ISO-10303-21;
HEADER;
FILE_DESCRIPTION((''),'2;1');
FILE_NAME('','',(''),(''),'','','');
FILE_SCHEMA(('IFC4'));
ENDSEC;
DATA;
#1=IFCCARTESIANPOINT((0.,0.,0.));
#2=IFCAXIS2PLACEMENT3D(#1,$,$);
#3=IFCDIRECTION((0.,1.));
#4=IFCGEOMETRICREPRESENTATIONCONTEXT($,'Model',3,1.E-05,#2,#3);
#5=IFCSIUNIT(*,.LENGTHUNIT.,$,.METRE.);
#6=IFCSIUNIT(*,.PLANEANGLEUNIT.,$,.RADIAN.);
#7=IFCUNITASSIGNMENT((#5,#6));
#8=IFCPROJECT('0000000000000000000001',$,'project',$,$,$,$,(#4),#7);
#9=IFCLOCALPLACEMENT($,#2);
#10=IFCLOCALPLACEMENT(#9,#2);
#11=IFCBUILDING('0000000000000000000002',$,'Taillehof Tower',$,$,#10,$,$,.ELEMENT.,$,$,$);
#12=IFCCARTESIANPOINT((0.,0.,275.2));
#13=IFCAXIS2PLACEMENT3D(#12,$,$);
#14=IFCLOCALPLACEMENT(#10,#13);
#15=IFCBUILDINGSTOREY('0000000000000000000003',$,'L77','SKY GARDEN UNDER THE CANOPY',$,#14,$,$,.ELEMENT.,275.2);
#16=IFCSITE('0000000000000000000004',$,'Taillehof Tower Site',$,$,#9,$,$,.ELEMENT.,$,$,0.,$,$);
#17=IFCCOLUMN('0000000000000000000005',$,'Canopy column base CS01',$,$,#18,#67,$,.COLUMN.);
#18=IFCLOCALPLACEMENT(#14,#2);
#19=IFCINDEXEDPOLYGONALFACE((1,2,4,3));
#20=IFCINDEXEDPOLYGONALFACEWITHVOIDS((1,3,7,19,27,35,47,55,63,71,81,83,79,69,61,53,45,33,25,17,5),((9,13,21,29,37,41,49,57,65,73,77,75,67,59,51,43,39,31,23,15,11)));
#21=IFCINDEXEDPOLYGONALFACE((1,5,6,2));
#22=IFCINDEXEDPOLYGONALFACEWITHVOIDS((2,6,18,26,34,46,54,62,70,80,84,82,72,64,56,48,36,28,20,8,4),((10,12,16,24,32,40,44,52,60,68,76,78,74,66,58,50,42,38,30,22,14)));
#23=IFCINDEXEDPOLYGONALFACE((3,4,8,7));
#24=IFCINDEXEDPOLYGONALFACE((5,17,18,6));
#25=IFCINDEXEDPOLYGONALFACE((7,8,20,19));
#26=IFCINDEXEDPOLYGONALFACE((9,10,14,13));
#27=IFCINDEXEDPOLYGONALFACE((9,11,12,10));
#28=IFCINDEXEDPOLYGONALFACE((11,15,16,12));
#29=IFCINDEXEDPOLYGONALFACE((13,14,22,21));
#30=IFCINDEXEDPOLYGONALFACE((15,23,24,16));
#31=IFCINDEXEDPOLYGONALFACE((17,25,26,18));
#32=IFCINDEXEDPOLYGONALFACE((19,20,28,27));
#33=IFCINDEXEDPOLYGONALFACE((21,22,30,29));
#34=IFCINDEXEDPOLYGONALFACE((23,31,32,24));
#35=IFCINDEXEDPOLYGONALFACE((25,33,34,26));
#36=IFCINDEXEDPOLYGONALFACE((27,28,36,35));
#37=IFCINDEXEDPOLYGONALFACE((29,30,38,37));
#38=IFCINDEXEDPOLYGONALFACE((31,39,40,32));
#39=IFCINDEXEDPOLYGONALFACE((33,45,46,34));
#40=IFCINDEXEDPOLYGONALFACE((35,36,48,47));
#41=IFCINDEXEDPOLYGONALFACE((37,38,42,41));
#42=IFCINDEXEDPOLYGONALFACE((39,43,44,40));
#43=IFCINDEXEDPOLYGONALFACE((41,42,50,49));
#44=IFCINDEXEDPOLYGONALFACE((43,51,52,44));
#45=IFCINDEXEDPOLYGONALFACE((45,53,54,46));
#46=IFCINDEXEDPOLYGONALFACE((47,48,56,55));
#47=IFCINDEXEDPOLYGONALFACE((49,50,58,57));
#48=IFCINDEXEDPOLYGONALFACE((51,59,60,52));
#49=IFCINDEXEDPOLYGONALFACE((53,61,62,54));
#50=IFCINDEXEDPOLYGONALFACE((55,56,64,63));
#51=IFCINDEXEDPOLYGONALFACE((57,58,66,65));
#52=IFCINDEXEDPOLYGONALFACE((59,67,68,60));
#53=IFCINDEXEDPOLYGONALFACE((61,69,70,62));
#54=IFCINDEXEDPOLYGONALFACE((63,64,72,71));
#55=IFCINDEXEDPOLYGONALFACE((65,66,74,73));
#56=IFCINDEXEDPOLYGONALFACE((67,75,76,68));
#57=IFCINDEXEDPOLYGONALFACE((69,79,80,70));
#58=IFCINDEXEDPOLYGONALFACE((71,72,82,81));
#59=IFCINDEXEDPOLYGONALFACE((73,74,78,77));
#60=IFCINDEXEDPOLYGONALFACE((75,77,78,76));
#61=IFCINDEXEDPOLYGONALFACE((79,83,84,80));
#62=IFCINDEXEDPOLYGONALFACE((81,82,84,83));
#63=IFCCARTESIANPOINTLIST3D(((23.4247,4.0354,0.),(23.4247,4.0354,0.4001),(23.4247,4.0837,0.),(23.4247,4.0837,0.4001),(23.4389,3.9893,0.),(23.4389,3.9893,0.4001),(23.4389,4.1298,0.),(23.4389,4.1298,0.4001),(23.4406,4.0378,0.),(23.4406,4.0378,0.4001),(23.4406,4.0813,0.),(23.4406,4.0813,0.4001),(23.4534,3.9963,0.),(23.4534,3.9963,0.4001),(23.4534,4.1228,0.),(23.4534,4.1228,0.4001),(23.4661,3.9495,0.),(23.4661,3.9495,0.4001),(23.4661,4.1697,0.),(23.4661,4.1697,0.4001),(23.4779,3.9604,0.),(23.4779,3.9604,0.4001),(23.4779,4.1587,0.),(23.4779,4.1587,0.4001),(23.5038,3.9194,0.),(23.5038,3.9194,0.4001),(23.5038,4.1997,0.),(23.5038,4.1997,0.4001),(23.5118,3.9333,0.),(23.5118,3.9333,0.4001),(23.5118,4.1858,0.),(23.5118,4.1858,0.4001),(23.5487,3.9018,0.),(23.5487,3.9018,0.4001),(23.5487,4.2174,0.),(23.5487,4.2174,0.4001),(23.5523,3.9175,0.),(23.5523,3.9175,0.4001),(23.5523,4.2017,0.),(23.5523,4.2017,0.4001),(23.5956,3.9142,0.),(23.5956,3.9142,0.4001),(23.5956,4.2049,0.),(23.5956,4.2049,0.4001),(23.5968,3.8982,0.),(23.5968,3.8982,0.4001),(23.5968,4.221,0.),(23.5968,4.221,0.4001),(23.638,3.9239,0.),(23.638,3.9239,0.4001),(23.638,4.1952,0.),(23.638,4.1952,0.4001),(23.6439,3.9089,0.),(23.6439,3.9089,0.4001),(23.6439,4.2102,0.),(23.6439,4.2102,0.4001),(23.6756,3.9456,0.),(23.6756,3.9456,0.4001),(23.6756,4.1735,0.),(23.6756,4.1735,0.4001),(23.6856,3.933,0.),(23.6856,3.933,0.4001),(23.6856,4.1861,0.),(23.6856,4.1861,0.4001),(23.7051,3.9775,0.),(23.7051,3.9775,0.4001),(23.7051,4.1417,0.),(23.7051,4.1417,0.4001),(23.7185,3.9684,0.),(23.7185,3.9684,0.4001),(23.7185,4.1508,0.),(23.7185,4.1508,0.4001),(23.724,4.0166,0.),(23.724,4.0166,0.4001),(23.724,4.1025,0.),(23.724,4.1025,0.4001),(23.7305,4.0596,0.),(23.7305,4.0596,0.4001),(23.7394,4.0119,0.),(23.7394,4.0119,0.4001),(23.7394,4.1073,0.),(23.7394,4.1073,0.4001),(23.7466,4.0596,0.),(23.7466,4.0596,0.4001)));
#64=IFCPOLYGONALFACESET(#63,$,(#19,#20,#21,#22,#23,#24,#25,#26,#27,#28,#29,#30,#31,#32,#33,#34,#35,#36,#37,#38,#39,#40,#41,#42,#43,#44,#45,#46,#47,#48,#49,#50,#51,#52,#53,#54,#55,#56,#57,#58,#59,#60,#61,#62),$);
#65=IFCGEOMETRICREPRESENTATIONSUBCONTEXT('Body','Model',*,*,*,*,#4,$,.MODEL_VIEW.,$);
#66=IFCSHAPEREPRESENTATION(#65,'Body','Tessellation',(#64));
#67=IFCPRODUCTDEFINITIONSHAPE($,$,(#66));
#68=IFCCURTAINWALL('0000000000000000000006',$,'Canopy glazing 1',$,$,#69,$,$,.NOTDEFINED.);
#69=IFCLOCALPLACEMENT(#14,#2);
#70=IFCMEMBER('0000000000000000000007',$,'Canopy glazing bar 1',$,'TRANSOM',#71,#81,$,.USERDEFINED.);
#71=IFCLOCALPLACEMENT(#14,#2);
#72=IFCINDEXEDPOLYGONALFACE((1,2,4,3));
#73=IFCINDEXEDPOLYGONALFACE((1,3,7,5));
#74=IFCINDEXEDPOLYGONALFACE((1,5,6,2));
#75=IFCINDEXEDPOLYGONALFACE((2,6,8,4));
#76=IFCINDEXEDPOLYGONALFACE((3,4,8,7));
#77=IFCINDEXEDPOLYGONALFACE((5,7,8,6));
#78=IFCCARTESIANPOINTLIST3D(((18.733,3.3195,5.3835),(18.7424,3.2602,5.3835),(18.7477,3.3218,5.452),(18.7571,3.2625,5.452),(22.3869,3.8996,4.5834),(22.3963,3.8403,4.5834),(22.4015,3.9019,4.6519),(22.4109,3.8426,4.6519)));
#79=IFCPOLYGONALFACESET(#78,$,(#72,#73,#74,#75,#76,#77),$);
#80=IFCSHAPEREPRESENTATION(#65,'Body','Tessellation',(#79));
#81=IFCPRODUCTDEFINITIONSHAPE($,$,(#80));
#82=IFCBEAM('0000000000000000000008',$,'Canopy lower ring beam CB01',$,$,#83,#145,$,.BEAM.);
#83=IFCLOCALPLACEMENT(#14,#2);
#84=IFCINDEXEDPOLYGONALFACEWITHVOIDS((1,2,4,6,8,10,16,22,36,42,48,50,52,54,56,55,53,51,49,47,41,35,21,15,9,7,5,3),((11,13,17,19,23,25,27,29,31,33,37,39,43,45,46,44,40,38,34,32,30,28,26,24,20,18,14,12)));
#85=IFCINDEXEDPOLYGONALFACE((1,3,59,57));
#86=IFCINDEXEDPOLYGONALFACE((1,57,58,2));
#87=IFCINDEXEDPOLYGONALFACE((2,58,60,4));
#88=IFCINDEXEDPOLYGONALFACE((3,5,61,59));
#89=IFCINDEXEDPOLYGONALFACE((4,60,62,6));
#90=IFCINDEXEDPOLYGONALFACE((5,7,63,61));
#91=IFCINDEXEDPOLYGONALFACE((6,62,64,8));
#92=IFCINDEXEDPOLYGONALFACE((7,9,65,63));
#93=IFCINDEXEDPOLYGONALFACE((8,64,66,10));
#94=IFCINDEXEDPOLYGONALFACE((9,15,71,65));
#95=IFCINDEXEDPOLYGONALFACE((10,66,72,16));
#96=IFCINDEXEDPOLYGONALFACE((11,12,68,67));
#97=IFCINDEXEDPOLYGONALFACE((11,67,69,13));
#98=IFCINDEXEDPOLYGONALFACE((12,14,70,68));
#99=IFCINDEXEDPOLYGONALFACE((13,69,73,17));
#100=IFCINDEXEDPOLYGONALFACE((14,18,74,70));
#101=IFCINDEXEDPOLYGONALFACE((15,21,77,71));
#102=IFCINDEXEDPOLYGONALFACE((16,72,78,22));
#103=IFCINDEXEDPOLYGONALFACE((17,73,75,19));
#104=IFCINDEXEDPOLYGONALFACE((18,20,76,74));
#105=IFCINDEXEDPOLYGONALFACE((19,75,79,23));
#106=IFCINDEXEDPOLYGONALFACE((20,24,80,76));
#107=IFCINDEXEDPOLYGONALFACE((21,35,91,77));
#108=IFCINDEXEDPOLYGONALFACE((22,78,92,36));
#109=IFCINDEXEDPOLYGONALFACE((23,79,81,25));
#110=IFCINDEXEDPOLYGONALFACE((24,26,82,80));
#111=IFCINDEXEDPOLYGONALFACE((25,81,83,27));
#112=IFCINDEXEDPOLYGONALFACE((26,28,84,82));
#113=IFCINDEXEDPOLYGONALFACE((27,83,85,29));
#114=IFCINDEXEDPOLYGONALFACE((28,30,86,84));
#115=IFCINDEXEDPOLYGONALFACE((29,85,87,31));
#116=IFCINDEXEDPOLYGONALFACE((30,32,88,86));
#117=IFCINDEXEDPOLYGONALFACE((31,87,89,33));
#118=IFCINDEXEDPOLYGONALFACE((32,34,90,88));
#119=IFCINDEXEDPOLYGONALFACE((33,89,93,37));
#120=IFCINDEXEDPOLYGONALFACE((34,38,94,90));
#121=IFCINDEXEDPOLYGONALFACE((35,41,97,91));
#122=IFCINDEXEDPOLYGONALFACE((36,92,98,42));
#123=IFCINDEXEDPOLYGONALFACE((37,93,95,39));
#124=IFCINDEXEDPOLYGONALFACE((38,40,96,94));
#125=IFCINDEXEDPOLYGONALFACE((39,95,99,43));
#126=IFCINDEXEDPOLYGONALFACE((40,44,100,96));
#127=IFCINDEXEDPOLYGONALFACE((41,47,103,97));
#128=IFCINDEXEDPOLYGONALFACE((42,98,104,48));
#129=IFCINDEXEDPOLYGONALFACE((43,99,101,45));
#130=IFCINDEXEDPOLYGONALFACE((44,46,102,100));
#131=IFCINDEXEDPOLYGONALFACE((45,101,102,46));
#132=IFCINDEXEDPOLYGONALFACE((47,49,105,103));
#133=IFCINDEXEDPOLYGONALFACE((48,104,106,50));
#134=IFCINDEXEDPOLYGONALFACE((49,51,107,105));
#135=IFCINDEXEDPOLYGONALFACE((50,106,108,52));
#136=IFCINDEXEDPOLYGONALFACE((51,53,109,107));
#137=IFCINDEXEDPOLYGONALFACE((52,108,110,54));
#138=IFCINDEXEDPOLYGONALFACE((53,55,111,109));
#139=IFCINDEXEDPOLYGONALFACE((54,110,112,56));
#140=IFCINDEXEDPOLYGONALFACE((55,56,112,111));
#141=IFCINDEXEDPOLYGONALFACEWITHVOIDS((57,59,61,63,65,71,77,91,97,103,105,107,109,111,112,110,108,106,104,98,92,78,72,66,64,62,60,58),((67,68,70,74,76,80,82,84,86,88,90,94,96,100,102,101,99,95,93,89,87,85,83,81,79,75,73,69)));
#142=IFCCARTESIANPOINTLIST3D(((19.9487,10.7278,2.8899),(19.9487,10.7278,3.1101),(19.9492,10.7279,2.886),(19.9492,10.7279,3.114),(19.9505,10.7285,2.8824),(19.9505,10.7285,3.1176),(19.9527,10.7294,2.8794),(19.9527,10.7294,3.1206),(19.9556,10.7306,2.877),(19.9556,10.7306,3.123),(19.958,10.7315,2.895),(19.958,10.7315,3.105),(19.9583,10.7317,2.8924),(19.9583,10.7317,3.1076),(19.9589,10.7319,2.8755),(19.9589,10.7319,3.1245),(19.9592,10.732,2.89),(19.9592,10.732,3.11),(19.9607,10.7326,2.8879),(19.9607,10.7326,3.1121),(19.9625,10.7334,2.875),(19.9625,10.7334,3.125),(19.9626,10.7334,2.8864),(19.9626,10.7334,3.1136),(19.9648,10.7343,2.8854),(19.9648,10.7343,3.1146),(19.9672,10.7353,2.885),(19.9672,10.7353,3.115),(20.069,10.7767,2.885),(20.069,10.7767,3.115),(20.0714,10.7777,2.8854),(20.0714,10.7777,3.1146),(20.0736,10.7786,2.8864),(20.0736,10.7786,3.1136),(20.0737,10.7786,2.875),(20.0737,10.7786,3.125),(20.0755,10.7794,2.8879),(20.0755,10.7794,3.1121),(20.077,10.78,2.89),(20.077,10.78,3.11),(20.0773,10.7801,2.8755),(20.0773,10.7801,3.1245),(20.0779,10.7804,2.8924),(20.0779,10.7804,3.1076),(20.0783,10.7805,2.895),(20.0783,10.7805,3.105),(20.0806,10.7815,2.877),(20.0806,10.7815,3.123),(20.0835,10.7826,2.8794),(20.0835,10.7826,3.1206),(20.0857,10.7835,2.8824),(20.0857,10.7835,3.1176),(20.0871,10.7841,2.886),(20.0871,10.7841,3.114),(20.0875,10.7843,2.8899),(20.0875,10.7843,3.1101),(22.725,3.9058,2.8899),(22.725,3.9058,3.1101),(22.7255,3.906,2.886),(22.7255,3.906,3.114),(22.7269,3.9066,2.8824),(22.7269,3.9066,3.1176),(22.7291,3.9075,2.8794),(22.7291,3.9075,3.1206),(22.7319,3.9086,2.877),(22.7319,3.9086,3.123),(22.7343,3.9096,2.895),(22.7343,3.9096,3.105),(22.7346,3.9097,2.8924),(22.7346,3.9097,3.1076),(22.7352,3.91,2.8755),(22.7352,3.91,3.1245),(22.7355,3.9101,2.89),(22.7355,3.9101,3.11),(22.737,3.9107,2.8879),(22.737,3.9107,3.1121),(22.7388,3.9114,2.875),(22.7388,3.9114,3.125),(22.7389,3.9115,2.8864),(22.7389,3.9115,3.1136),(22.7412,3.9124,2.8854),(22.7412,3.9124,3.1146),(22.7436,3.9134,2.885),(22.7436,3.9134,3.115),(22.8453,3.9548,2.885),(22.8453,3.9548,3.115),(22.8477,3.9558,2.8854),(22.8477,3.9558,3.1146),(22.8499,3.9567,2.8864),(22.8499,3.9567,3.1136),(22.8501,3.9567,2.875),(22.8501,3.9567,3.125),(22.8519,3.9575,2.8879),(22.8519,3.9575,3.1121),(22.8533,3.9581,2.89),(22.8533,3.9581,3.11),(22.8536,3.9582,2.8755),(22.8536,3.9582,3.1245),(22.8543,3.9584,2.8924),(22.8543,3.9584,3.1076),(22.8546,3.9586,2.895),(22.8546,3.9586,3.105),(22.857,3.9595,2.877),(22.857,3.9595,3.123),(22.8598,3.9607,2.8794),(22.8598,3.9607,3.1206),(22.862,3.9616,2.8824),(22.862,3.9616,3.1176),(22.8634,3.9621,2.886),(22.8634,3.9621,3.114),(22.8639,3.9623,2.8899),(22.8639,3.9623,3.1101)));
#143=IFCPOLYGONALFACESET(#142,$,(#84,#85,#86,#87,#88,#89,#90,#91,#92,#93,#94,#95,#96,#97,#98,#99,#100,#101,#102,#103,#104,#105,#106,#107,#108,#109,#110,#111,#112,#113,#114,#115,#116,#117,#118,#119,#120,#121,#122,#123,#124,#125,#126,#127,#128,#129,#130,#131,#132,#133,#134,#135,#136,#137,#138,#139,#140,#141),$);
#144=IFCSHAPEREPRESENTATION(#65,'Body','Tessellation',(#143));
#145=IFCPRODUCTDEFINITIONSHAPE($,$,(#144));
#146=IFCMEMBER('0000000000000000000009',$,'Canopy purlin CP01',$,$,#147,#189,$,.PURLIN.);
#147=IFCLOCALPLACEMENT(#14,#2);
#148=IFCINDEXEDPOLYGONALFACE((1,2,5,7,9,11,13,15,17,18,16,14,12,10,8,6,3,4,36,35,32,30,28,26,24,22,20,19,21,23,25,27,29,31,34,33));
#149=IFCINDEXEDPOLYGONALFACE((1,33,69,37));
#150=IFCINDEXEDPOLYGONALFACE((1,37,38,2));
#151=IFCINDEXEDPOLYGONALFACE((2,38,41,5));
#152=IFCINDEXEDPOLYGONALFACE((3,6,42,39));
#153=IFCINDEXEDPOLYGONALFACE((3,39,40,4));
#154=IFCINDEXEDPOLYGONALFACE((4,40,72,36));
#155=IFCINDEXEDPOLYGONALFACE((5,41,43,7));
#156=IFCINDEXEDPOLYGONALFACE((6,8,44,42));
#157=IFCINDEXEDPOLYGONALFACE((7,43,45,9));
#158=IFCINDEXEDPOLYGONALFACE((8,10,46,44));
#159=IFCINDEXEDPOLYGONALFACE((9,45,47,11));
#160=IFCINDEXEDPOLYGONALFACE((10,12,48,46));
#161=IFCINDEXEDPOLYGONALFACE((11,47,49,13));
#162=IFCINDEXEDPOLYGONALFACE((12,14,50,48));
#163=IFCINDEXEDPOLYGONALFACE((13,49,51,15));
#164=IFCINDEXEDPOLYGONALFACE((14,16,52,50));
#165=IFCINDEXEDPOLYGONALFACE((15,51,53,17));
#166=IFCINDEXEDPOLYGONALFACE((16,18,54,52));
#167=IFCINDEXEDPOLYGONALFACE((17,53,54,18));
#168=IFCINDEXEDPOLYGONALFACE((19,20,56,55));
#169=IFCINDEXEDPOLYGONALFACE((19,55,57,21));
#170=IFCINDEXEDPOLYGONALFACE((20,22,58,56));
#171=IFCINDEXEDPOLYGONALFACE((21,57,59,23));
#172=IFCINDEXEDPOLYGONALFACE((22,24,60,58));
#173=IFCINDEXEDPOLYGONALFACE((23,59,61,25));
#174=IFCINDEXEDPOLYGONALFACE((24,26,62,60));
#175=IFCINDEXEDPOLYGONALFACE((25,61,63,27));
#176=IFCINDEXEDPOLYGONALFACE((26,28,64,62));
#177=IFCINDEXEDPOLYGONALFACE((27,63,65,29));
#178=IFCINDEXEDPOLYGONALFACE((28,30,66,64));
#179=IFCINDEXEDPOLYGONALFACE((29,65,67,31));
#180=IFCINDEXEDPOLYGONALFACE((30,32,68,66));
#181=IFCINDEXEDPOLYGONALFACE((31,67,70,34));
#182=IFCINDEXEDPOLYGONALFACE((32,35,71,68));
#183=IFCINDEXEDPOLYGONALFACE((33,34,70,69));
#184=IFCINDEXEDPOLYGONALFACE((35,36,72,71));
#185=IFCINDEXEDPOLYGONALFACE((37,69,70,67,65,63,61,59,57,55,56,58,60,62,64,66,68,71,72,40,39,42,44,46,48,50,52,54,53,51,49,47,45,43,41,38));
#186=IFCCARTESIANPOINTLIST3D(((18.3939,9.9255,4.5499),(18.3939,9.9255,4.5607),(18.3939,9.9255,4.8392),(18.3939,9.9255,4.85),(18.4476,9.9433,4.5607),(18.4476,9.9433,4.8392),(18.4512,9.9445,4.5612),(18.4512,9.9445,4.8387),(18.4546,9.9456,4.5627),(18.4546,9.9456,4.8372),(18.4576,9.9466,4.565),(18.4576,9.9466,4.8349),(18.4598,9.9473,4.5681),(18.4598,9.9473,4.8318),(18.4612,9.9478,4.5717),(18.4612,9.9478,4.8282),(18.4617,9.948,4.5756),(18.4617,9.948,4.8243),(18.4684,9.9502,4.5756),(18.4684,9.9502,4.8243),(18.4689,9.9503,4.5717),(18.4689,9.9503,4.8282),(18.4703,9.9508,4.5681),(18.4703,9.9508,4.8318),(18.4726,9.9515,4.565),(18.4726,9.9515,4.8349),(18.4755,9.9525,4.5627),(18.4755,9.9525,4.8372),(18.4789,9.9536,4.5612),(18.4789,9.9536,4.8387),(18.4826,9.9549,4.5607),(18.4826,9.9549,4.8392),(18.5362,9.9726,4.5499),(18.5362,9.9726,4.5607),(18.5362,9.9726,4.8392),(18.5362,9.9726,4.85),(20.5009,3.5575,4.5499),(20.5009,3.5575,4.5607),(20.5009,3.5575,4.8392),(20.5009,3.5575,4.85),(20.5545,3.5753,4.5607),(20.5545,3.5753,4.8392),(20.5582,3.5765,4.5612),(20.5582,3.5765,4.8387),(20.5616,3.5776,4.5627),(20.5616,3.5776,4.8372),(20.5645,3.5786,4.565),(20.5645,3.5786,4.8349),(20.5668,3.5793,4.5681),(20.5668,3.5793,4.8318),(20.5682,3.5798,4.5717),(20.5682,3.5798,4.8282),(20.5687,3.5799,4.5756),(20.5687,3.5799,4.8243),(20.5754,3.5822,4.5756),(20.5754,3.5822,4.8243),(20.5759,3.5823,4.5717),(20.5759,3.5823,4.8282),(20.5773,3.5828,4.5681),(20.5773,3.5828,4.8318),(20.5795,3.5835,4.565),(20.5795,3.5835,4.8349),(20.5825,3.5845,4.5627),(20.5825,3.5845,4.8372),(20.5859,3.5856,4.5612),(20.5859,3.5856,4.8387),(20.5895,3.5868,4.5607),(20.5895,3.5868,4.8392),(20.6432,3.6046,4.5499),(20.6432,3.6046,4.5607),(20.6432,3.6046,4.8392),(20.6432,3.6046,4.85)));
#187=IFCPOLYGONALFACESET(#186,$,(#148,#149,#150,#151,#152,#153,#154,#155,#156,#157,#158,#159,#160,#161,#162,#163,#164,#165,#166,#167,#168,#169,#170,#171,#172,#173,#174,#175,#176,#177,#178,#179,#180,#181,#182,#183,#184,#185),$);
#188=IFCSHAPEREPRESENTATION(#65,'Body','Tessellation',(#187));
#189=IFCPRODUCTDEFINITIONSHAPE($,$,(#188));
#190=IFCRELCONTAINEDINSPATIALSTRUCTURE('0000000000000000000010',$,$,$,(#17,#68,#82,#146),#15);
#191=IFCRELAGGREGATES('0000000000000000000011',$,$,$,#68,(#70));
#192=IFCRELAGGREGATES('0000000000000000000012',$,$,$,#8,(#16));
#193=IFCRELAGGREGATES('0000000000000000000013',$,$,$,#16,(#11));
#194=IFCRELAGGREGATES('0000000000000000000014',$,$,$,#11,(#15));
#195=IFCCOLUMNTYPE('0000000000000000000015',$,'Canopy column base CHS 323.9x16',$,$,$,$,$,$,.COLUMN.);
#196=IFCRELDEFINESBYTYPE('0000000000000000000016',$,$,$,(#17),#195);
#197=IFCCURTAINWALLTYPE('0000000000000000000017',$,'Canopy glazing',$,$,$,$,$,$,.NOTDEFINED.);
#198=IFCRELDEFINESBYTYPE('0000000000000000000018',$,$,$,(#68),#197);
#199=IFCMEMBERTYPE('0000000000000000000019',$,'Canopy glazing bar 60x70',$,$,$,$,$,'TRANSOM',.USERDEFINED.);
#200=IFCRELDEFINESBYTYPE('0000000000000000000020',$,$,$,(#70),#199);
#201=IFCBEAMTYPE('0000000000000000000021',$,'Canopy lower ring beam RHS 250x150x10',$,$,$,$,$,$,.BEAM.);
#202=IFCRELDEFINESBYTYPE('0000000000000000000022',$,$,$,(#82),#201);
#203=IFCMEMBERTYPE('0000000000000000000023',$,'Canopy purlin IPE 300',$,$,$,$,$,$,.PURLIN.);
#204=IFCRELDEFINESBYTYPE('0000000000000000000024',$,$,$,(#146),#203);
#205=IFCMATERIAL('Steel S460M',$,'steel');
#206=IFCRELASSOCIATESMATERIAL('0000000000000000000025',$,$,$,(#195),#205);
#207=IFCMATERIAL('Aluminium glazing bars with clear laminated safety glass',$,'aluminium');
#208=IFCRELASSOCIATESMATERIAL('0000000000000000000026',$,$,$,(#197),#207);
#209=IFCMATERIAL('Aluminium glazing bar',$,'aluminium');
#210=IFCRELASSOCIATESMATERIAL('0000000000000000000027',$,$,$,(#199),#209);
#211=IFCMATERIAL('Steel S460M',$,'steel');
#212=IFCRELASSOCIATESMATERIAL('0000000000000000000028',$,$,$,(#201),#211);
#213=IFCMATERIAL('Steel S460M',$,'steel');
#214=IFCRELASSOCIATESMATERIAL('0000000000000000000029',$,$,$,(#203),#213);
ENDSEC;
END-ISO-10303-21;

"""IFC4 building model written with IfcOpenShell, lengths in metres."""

from ifc_helpers import new_model, si_unit, direction, frame, origin, origin_2d, place, context, subcontext, project, spatial, rectangle, hollow_rectangle, hollow_circle, i_section, extrude, material, material_profile, profile_set, type_object, element, aggregate, save


model = new_model("IFC4")

# Units and contexts
model_context = context("Model", 3, precision=1e-05, world=origin(), true_north=direction((0.0, 1.0)))
body_context = subcontext(model_context, "Body", "Model", "MODEL_VIEW")
ifc_project = project(units=[si_unit("LENGTHUNIT", "METRE"), si_unit("PLANEANGLEUNIT", "RADIAN")], contexts=[model_context])

# Site, building, storey
site_placement = place(None, origin())
site = spatial("IfcSite", under=ifc_project, at=site_placement, Name="Taillehof Tower Site", CompositionType="ELEMENT", RefElevation=0.0)
building_placement = place(site_placement, origin())
building = spatial("IfcBuilding", under=site, at=building_placement, Name="Taillehof Tower", CompositionType="ELEMENT")
storey_placement = place(building_placement, frame((0.0, 0.0, 275.2)))
storey = spatial("IfcBuildingStorey", under=building, at=storey_placement, Name="L77", Description="SKY GARDEN UNDER THE CANOPY", CompositionType="ELEMENT", Elevation=275.2)

# Column
ifc_material_1 = material(Name="Steel S460M", Category="steel")
ifc_material_profile_1 = material_profile(ifc_material_1, hollow_circle(Radius=0.1619, WallThickness=0.0161, at=origin_2d()), Name="CHS 323.9x16")
ifc_profile_set_1 = profile_set([ifc_material_profile_1], Name="Steel S460M")
column_type = type_object("IfcColumnType", Name="Canopy column base CHS 323.9x16", PredefinedType="COLUMN", material=ifc_profile_set_1)
column_placement = place(storey_placement, frame((23.5847, 4.0596, 0.0), z_axis=(0.0, 0.0, 1.0), x_axis=(1.0, 0.0, 0.0)))
element("IfcColumn", 1, at=column_placement, inside=storey, type_object=column_type, Name="Canopy column base CS01", PredefinedType="COLUMN", context=body_context, shape_type="SweptSolid", body=[
    extrude(hollow_circle(Radius=0.1619, WallThickness=0.0161, at=origin_2d()), origin(), (0.0, 0.0, 1.0), 0.4001),
])

# Curtain wall, member
ifc_material_2 = material(Name="Aluminium glazing bars with clear laminated safety glass", Category="aluminium")
curtain_wall_type = type_object("IfcCurtainWallType", Name="Canopy glazing", PredefinedType="NOTDEFINED", material=ifc_material_2)
curtain_wall_placement = place(storey_placement, origin())
curtain_wall = element("IfcCurtainWall", 2, at=curtain_wall_placement, inside=storey, type_object=curtain_wall_type, Name="Canopy glazing 1", PredefinedType="NOTDEFINED")
ifc_material_3 = material(Name="Aluminium glazing bar", Category="aluminium")
ifc_material_profile_2 = material_profile(ifc_material_3, rectangle(XDim=0.0601, YDim=0.0701, at=origin_2d()), Name="AL 60x70")
ifc_profile_set_2 = profile_set([ifc_material_profile_2], Name="Aluminium glazing bar")
member_type_1 = type_object("IfcMemberType", Name="Canopy glazing bar 60x70", ElementType="TRANSOM", PredefinedType="USERDEFINED", material=ifc_profile_set_2)
member_1_placement = place(storey_placement, frame((22.3989, 3.8711, 4.6177), z_axis=(-0.965317, -0.153254, 0.211369), x_axis=(0.156796, -0.987631, 0.0)))
member_1 = element("IfcMember", 3, at=member_1_placement, type_object=member_type_1, Name="Canopy glazing bar 1", ObjectType="TRANSOM", PredefinedType="USERDEFINED", context=body_context, shape_type="SweptSolid", body=[
    extrude(rectangle(XDim=0.0601, YDim=0.0701, at=origin_2d()), origin(), (0.0, 0.0, 1.0), 3.7852),
])
aggregate(curtain_wall, [member_1])

# Beam
ifc_material_4 = material(Name="Steel S460M", Category="steel")
ifc_material_profile_3 = material_profile(ifc_material_4, hollow_rectangle(XDim=0.1499, YDim=0.25, WallThickness=0.01, InnerFilletRadius=0.01, OuterFilletRadius=0.0149, at=origin_2d()), Name="RHS 250x150x10")
ifc_profile_set_3 = profile_set([ifc_material_profile_3], Name="Steel S460M")
beam_type_1 = type_object("IfcBeamType", Name="Canopy lower ring beam RHS 250x150x10", PredefinedType="BEAM", material=ifc_profile_set_3)
beam_1_placement = place(storey_placement, frame((22.7944, 3.9341, 3.0), z_axis=(-0.37695, 0.926233, 0.0), x_axis=(-0.926233, -0.37695, 0.0)))
element("IfcBeam", 4, at=beam_1_placement, inside=storey, type_object=beam_type_1, Name="Canopy lower ring beam CB01", PredefinedType="BEAM", context=body_context, shape_type="SweptSolid", body=[
    extrude(hollow_rectangle(XDim=0.1499, YDim=0.25, WallThickness=0.01, InnerFilletRadius=0.01, OuterFilletRadius=0.0149, at=origin_2d()), origin(), (0.0, 0.0, 1.0), 7.3652),
])

# Member
ifc_material_5 = material(Name="Steel S460M", Category="steel")
ifc_material_profile_4 = material_profile(ifc_material_5, i_section(OverallWidth=0.1499, OverallDepth=0.3, WebThickness=0.0071, FlangeThickness=0.0107, FilletRadius=0.0149, at=origin_2d()), Name="IPE 300")
ifc_profile_set_4 = profile_set([ifc_material_profile_4], Name="Steel S460M")
member_type_2 = type_object("IfcMemberType", Name="Canopy purlin IPE 300", PredefinedType="PURLIN", material=ifc_profile_set_4)
member_2_placement = place(storey_placement, frame((20.572, 3.5811, 4.7), z_axis=(-0.31412, 0.949383, 0.0), x_axis=(-0.949383, -0.31412, 0.0)))
element("IfcMember", 5, at=member_2_placement, inside=storey, type_object=member_type_2, Name="Canopy purlin CP01", PredefinedType="PURLIN", context=body_context, shape_type="SweptSolid", body=[
    extrude(i_section(OverallWidth=0.1499, OverallDepth=0.3, WebThickness=0.0071, FlangeThickness=0.0107, FilletRadius=0.0149, at=origin_2d()), origin(), (0.0, 0.0, 1.0), 6.7075),
])

save(model, "model.ifc")
